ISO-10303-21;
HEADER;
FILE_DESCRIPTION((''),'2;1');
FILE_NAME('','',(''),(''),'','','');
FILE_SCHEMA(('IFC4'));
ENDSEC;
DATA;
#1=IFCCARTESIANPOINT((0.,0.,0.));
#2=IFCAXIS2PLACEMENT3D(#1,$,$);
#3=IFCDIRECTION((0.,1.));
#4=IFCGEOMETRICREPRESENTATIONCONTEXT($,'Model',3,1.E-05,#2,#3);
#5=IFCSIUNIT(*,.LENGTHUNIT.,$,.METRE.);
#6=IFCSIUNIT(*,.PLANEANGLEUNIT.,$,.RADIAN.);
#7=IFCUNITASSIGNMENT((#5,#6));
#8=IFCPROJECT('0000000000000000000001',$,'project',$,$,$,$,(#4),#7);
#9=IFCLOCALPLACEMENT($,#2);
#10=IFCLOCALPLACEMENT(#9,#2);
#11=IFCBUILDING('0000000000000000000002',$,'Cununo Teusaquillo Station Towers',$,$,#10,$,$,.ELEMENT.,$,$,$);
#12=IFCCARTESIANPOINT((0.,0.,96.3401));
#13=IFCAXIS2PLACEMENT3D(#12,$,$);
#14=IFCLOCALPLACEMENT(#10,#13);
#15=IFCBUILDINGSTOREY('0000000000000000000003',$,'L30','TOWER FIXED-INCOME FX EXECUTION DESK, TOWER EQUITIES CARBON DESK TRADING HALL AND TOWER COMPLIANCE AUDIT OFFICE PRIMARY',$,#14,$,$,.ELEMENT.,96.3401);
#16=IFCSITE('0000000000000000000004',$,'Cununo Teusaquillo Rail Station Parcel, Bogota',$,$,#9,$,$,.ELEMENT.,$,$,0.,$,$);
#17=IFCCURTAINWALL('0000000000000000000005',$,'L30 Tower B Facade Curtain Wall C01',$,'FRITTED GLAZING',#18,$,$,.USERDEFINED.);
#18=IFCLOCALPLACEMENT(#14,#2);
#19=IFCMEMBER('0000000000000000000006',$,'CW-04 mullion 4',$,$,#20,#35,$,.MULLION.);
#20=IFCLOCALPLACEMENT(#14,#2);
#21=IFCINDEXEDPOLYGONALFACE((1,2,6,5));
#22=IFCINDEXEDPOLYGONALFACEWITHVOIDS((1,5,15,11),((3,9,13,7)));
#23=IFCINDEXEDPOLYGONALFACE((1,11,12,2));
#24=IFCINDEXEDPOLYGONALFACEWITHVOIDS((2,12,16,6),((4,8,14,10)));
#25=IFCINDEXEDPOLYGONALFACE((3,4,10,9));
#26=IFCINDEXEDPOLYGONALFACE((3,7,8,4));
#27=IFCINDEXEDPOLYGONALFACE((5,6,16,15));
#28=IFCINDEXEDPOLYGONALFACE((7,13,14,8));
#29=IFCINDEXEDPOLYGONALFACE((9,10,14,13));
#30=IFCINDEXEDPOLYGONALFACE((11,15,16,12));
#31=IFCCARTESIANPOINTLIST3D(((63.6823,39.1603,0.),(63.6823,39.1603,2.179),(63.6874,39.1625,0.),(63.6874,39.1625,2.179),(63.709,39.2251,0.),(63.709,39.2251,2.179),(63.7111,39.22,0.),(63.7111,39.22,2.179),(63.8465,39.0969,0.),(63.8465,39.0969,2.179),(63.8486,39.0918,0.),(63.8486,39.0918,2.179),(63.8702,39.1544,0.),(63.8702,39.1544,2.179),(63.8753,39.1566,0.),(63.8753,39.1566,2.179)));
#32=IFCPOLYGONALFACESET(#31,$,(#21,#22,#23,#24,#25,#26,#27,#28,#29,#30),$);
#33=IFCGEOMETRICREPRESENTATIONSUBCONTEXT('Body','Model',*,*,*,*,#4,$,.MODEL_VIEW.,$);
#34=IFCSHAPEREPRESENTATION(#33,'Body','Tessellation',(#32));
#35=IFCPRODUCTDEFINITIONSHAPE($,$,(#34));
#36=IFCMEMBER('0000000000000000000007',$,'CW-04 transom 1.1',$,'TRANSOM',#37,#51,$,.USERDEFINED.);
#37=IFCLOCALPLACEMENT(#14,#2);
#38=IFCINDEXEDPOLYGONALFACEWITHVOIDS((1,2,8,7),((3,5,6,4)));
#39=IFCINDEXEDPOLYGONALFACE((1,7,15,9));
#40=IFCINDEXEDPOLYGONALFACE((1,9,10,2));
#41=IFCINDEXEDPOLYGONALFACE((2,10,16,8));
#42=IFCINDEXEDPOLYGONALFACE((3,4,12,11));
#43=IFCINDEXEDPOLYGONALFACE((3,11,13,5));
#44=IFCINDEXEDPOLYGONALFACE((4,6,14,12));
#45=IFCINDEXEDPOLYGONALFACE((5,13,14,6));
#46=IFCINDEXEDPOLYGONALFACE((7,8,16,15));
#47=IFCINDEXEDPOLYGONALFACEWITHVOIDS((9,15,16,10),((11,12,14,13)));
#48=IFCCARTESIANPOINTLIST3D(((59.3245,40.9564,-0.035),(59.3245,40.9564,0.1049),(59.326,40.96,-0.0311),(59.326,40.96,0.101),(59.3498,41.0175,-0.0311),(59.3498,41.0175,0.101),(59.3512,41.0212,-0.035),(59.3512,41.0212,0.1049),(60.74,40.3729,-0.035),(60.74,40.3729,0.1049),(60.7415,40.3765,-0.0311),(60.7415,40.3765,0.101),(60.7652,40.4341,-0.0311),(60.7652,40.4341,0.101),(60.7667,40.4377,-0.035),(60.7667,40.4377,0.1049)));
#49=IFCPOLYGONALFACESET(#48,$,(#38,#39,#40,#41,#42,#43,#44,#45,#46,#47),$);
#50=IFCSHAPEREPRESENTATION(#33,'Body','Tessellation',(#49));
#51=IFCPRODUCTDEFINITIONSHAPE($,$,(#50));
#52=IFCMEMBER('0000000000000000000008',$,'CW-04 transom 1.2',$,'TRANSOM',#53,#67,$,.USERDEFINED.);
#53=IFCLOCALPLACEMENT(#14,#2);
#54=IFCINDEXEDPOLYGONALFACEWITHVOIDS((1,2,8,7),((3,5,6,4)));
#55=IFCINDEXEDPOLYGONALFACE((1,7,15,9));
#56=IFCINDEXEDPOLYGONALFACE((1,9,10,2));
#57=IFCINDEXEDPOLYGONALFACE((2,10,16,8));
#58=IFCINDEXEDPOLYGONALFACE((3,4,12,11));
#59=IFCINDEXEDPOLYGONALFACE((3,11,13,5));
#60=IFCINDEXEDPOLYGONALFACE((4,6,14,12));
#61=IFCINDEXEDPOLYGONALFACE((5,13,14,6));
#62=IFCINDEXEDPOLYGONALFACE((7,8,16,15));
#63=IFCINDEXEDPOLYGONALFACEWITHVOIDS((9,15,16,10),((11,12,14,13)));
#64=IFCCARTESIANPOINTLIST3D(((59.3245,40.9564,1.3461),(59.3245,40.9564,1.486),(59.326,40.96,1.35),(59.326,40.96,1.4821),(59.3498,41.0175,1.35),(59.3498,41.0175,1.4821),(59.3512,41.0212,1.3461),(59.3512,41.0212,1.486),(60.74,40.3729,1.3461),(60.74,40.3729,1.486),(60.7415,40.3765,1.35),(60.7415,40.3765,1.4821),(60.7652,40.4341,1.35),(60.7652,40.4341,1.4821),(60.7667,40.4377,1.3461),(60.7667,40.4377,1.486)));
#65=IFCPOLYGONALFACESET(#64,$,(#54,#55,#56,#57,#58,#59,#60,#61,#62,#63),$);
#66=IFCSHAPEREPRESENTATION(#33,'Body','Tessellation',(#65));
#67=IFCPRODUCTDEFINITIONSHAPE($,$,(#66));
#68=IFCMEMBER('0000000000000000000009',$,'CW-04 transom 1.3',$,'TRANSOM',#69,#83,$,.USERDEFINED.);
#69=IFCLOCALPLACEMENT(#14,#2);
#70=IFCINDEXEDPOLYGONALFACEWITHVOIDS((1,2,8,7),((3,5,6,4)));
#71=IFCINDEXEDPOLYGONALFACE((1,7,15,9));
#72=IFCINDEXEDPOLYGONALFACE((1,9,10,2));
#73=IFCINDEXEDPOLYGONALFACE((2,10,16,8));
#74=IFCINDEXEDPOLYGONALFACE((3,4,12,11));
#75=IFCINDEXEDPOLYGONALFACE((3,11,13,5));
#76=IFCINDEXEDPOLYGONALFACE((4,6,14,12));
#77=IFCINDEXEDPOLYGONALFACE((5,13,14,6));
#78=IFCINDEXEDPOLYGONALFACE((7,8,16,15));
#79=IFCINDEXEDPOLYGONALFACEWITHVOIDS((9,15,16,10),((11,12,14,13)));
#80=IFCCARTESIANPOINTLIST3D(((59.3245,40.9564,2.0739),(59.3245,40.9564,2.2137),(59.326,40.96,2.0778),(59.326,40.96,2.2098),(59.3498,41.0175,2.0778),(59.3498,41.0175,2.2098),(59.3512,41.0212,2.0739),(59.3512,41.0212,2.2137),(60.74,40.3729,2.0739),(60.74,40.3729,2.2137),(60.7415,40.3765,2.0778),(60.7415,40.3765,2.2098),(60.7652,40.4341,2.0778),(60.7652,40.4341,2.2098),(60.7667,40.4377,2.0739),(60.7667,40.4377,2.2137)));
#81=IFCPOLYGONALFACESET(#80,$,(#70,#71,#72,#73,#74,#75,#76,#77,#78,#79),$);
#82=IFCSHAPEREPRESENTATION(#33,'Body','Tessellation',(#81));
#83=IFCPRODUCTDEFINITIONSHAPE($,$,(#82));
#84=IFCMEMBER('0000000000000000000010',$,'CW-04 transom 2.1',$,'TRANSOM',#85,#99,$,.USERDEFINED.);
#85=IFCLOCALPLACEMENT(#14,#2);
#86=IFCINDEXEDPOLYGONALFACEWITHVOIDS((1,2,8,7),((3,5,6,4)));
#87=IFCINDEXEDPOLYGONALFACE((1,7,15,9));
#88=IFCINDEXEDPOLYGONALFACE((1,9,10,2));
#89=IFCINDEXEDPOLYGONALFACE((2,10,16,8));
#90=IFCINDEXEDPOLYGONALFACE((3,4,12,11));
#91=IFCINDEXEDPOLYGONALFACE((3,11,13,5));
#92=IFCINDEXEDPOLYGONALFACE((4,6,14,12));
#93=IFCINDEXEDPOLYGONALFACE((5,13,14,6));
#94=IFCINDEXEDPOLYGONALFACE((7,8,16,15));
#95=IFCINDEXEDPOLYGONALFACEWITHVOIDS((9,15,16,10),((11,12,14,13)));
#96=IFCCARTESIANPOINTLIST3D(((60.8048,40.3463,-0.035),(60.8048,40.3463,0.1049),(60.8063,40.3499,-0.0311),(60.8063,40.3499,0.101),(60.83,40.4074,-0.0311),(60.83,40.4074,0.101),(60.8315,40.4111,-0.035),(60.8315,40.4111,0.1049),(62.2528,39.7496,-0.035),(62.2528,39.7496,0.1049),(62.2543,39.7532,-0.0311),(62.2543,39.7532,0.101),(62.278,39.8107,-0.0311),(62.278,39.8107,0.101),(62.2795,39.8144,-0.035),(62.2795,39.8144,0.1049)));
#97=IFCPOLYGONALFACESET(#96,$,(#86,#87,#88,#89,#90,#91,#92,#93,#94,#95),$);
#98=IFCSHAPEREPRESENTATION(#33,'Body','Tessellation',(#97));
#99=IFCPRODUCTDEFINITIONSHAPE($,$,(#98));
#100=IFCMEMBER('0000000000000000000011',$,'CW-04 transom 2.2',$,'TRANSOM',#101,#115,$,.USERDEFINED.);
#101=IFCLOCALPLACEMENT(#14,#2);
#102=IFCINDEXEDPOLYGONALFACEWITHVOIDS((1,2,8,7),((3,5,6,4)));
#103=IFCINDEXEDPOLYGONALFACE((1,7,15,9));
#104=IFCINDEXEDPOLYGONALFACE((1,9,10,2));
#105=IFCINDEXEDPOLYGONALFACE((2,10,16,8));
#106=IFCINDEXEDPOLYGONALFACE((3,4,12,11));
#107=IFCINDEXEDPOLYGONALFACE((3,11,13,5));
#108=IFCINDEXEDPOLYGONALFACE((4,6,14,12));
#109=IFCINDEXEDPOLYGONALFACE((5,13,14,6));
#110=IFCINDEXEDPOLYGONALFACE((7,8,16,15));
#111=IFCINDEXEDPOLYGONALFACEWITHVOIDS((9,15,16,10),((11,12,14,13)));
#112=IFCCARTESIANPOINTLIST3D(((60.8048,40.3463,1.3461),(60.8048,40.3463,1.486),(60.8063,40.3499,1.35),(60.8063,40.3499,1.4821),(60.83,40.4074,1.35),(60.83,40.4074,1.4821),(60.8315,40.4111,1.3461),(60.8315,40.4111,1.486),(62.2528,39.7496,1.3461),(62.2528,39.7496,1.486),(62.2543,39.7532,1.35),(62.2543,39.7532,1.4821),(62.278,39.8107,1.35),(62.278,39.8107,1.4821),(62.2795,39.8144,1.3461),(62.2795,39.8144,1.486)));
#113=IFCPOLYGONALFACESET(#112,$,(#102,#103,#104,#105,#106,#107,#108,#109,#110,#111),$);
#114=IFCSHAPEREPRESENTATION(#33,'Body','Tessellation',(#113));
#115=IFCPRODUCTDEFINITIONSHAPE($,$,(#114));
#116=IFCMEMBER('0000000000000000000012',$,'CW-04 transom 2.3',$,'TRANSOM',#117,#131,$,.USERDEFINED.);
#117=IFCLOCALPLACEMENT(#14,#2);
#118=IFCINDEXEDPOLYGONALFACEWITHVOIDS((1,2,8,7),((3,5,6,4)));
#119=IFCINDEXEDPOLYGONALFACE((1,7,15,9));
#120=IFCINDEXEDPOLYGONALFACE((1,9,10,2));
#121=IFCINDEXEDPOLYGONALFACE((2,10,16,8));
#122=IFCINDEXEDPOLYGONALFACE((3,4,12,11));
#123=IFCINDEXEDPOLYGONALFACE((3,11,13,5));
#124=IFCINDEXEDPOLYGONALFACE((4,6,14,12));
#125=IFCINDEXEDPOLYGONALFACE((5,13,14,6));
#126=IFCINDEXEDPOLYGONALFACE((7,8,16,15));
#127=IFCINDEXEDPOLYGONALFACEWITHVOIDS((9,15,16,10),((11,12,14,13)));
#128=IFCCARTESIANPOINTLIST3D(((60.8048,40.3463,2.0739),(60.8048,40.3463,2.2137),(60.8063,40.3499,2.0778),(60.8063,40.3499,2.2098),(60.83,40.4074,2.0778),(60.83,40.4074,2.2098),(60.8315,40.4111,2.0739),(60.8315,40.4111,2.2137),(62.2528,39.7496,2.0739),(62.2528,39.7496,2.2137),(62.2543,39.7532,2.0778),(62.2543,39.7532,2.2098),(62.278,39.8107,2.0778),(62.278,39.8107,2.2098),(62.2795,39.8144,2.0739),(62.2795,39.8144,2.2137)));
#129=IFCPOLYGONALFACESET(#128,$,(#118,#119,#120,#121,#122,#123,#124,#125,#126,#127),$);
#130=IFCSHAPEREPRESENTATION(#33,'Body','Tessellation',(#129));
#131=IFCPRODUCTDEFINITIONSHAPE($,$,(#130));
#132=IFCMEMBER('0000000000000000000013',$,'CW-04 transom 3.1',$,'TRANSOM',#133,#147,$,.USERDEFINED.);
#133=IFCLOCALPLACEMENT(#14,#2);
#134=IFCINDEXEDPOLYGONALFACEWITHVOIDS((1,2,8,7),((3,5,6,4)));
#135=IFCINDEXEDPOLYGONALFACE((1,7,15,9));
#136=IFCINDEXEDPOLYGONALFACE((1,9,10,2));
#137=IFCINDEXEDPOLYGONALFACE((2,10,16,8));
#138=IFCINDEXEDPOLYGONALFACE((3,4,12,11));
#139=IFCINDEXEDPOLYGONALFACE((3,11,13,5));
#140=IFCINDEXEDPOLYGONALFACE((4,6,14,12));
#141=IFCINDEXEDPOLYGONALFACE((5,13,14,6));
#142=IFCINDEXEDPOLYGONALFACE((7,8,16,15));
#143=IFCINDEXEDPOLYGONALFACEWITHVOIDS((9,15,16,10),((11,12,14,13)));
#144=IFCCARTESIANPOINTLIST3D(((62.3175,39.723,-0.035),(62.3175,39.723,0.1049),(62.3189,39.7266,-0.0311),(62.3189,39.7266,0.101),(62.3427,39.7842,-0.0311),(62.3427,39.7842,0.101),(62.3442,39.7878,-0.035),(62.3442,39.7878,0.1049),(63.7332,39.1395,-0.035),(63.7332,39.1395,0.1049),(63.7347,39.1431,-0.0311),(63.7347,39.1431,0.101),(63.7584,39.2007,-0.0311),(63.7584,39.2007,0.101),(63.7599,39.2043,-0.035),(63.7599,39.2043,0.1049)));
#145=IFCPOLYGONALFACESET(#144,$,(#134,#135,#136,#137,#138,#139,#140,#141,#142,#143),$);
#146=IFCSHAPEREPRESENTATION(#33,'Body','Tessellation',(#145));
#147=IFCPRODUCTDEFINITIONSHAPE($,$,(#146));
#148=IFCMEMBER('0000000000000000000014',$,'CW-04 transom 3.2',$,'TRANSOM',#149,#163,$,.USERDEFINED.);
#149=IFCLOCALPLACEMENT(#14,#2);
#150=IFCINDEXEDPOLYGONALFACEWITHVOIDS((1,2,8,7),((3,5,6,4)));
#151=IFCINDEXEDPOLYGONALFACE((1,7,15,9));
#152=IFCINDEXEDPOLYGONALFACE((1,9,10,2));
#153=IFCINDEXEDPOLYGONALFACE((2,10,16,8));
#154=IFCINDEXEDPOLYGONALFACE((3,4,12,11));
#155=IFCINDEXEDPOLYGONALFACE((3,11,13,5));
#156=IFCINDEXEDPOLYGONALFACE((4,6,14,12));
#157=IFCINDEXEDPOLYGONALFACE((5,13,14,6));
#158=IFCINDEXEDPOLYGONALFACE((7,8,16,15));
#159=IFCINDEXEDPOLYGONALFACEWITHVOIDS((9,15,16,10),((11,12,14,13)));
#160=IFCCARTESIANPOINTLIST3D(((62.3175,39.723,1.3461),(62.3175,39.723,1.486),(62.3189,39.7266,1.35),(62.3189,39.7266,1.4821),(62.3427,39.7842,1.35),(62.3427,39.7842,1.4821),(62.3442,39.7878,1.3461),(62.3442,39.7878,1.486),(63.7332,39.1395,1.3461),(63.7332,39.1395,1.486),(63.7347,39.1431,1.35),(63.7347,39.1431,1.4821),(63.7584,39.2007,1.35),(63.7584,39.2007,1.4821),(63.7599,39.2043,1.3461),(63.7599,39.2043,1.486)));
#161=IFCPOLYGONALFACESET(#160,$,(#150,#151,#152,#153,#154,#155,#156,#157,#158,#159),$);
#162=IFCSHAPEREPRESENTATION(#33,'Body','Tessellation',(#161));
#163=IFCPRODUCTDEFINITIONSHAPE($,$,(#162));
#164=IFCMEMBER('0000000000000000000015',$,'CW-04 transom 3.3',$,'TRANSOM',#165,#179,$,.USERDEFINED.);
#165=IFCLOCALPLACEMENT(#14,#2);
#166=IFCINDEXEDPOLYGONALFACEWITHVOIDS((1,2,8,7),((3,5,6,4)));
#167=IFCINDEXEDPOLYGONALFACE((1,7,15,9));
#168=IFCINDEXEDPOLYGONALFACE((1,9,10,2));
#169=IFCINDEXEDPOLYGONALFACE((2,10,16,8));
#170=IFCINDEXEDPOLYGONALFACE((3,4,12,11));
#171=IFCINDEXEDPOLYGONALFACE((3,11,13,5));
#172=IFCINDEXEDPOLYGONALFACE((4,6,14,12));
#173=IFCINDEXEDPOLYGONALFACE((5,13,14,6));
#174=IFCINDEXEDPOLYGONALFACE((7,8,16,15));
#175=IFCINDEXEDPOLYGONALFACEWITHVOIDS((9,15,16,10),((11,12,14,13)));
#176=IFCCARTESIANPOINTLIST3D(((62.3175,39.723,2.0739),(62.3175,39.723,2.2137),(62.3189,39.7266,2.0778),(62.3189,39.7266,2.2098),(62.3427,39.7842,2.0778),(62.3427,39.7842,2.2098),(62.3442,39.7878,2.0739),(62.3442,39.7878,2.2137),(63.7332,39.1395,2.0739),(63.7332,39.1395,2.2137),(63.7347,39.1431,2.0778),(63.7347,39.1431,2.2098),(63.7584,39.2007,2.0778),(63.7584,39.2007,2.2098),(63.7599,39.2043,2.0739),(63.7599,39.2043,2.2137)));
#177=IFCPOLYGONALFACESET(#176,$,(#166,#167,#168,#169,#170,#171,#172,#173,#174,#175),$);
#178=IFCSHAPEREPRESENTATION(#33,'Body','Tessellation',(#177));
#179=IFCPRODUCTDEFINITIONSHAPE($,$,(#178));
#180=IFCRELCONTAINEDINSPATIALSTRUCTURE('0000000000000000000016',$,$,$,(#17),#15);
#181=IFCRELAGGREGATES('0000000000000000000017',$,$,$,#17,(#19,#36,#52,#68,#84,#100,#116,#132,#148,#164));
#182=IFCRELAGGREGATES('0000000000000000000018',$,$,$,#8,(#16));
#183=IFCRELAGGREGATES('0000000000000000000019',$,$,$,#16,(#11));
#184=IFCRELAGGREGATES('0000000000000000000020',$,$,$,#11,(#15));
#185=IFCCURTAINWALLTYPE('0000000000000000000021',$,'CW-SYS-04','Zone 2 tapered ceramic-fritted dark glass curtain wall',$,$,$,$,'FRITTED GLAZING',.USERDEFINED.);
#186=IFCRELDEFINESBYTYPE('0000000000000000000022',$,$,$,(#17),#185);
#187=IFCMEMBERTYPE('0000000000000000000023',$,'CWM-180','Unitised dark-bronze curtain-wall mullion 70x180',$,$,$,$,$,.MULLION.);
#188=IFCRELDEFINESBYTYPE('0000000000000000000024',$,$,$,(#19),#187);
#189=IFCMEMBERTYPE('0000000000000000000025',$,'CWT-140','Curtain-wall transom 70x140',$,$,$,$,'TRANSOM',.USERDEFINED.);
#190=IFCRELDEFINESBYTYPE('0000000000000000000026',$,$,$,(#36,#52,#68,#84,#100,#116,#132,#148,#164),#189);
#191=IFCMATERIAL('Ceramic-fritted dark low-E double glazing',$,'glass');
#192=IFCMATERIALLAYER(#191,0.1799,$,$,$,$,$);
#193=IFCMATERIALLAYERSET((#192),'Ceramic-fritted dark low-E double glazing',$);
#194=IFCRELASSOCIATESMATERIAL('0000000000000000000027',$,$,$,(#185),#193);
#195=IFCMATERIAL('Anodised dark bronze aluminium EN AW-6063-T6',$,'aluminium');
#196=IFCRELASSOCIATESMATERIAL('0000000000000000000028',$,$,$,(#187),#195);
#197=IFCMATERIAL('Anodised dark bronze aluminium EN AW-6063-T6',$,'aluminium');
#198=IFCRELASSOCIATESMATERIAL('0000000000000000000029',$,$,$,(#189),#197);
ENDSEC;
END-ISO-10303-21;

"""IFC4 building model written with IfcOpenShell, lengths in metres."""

from ifc_helpers import new_model, si_unit, direction, frame, origin, origin_2d, place, context, subcontext, project, spatial, hollow_rectangle, extrude, material, layer, layer_set, material_profile, profile_set, type_object, element, aggregate, save


model = new_model("IFC4")

# Units and contexts
model_context = context("Model", 3, precision=1e-05, world=origin(), true_north=direction((0.0, 1.0)))
body_context = subcontext(model_context, "Body", "Model", "MODEL_VIEW")
ifc_project = project(units=[si_unit("LENGTHUNIT", "METRE"), si_unit("PLANEANGLEUNIT", "RADIAN")], contexts=[model_context])

# Site, building, storey
site_placement = place(None, origin())
site = spatial("IfcSite", under=ifc_project, at=site_placement, Name="Cununo Teusaquillo Rail Station Parcel, Bogota", CompositionType="ELEMENT", RefElevation=0.0)
building_placement = place(site_placement, origin())
building = spatial("IfcBuilding", under=site, at=building_placement, Name="Cununo Teusaquillo Station Towers", CompositionType="ELEMENT")
storey_placement = place(building_placement, frame((0.0, 0.0, 96.3401)))
storey = spatial("IfcBuildingStorey", under=building, at=storey_placement, Name="L30", Description="TOWER FIXED-INCOME FX EXECUTION DESK, TOWER EQUITIES CARBON DESK TRADING HALL AND TOWER COMPLIANCE AUDIT OFFICE PRIMARY", CompositionType="ELEMENT", Elevation=96.3401)

# Curtain wall, members
ifc_material_1 = material(Name="Ceramic-fritted dark low-E double glazing", Category="glass")
ifc_layer_1 = layer(ifc_material_1, 0.1799)
ifc_layer_set_1 = layer_set([ifc_layer_1], Name="Ceramic-fritted dark low-E double glazing")
curtain_wall_type = type_object("IfcCurtainWallType", Name="CW-SYS-04", Description="Zone 2 tapered ceramic-fritted dark glass curtain wall", ElementType="FRITTED GLAZING", PredefinedType="USERDEFINED", material=ifc_layer_set_1)
curtain_wall_placement = place(storey_placement, origin())
curtain_wall = element("IfcCurtainWall", 1, at=curtain_wall_placement, inside=storey, type_object=curtain_wall_type, Name="L30 Tower B Facade Curtain Wall C01", ObjectType="FRITTED GLAZING", PredefinedType="USERDEFINED")
ifc_material_2 = material(Name="Anodised dark bronze aluminium EN AW-6063-T6", Category="aluminium")
ifc_material_profile_1 = material_profile(ifc_material_2, hollow_rectangle(XDim=0.0701, YDim=0.1799, WallThickness=0.0039, at=origin_2d()), Name="CW-MULL-70x180")
ifc_profile_set_1 = profile_set([ifc_material_profile_1], Name="Anodised dark bronze aluminium EN AW-6063-T6")
member_type_1 = type_object("IfcMemberType", Name="CWM-180", Description="Unitised dark-bronze curtain-wall mullion 70x180", PredefinedType="MULLION", material=ifc_profile_set_1)
member_1_placement = place(storey_placement, frame((63.7788, 39.1584, 0.0), z_axis=(0.0, 0.0, 1.0), x_axis=(0.381031, 0.924562, 0.0)))
member_1 = element("IfcMember", 2, at=member_1_placement, type_object=member_type_1, Name="CW-04 mullion 4", PredefinedType="MULLION", context=body_context, shape_type="SweptSolid", body=[
    extrude(hollow_rectangle(XDim=0.0701, YDim=0.1799, WallThickness=0.0039, at=origin_2d()), origin(), (0.0, 0.0, 1.0), 2.179),
])
ifc_material_3 = material(Name="Anodised dark bronze aluminium EN AW-6063-T6", Category="aluminium")
ifc_material_profile_2 = material_profile(ifc_material_3, hollow_rectangle(XDim=0.0701, YDim=0.1399, WallThickness=0.0039, at=origin_2d()), Name="CW-TRAN-70x140")
ifc_profile_set_2 = profile_set([ifc_material_profile_2], Name="Anodised dark bronze aluminium EN AW-6063-T6")
member_type_2 = type_object("IfcMemberType", Name="CWT-140", Description="Curtain-wall transom 70x140", ElementType="TRANSOM", PredefinedType="USERDEFINED", material=ifc_profile_set_2)
member_2_placement = place(storey_placement, frame((59.3379, 40.9888, 0.0349), z_axis=(0.924533, -0.381103, 0.0), x_axis=(0.381103, 0.924533, 0.0)))
member_2 = element("IfcMember", 3, at=member_2_placement, type_object=member_type_2, Name="CW-04 transom 1.1", ObjectType="TRANSOM", PredefinedType="USERDEFINED", context=body_context, shape_type="SweptSolid", body=[
    extrude(hollow_rectangle(XDim=0.0701, YDim=0.1399, WallThickness=0.0039, at=origin_2d()), origin(), (0.0, 0.0, 1.0), 1.531),
])
member_3_placement = place(storey_placement, frame((59.3379, 40.9888, 1.416), z_axis=(0.924533, -0.381103, 0.0), x_axis=(0.381103, 0.924533, 0.0)))
member_3 = element("IfcMember", 4, at=member_3_placement, type_object=member_type_2, Name="CW-04 transom 1.2", ObjectType="TRANSOM", PredefinedType="USERDEFINED", context=body_context, shape_type="SweptSolid", body=[
    extrude(hollow_rectangle(XDim=0.0701, YDim=0.1399, WallThickness=0.0039, at=origin_2d()), origin(), (0.0, 0.0, 1.0), 1.531),
])
member_4_placement = place(storey_placement, frame((59.3379, 40.9888, 2.1438), z_axis=(0.924533, -0.381103, 0.0), x_axis=(0.381103, 0.924533, 0.0)))
member_4 = element("IfcMember", 5, at=member_4_placement, type_object=member_type_2, Name="CW-04 transom 1.3", ObjectType="TRANSOM", PredefinedType="USERDEFINED", context=body_context, shape_type="SweptSolid", body=[
    extrude(hollow_rectangle(XDim=0.0701, YDim=0.1399, WallThickness=0.0039, at=origin_2d()), origin(), (0.0, 0.0, 1.0), 1.531),
])
member_5_placement = place(storey_placement, frame((60.8181, 40.3787, 0.0349), z_axis=(0.924578, -0.380993, 0.0), x_axis=(0.380993, 0.924578, 0.0)))
member_5 = element("IfcMember", 6, at=member_5_placement, type_object=member_type_2, Name="CW-04 transom 2.1", ObjectType="TRANSOM", PredefinedType="USERDEFINED", context=body_context, shape_type="SweptSolid", body=[
    extrude(hollow_rectangle(XDim=0.0701, YDim=0.1399, WallThickness=0.0039, at=origin_2d()), origin(), (0.0, 0.0, 1.0), 1.5662),
])
member_6_placement = place(storey_placement, frame((60.8181, 40.3787, 1.416), z_axis=(0.924578, -0.380993, 0.0), x_axis=(0.380993, 0.924578, 0.0)))
member_6 = element("IfcMember", 7, at=member_6_placement, type_object=member_type_2, Name="CW-04 transom 2.2", ObjectType="TRANSOM", PredefinedType="USERDEFINED", context=body_context, shape_type="SweptSolid", body=[
    extrude(hollow_rectangle(XDim=0.0701, YDim=0.1399, WallThickness=0.0039, at=origin_2d()), origin(), (0.0, 0.0, 1.0), 1.5662),
])
member_7_placement = place(storey_placement, frame((60.8181, 40.3787, 2.1438), z_axis=(0.924578, -0.380993, 0.0), x_axis=(0.380993, 0.924578, 0.0)))
member_7 = element("IfcMember", 8, at=member_7_placement, type_object=member_type_2, Name="CW-04 transom 2.3", ObjectType="TRANSOM", PredefinedType="USERDEFINED", context=body_context, shape_type="SweptSolid", body=[
    extrude(hollow_rectangle(XDim=0.0701, YDim=0.1399, WallThickness=0.0039, at=origin_2d()), origin(), (0.0, 0.0, 1.0), 1.5662),
])
member_8_placement = place(storey_placement, frame((62.3308, 39.7554, 0.0349), z_axis=(0.924556, -0.381046, 0.0), x_axis=(0.381046, 0.924556, 0.0)))
member_8 = element("IfcMember", 9, at=member_8_placement, type_object=member_type_2, Name="CW-04 transom 3.1", ObjectType="TRANSOM", PredefinedType="USERDEFINED", context=body_context, shape_type="SweptSolid", body=[
    extrude(hollow_rectangle(XDim=0.0701, YDim=0.1399, WallThickness=0.0039, at=origin_2d()), origin(), (0.0, 0.0, 1.0), 1.5312),
])
member_9_placement = place(storey_placement, frame((62.3308, 39.7554, 1.416), z_axis=(0.924556, -0.381046, 0.0), x_axis=(0.381046, 0.924556, 0.0)))
member_9 = element("IfcMember", 10, at=member_9_placement, type_object=member_type_2, Name="CW-04 transom 3.2", ObjectType="TRANSOM", PredefinedType="USERDEFINED", context=body_context, shape_type="SweptSolid", body=[
    extrude(hollow_rectangle(XDim=0.0701, YDim=0.1399, WallThickness=0.0039, at=origin_2d()), origin(), (0.0, 0.0, 1.0), 1.5312),
])
member_10_placement = place(storey_placement, frame((62.3308, 39.7554, 2.1438), z_axis=(0.924556, -0.381046, 0.0), x_axis=(0.381046, 0.924556, 0.0)))
member_10 = element("IfcMember", 11, at=member_10_placement, type_object=member_type_2, Name="CW-04 transom 3.3", ObjectType="TRANSOM", PredefinedType="USERDEFINED", context=body_context, shape_type="SweptSolid", body=[
    extrude(hollow_rectangle(XDim=0.0701, YDim=0.1399, WallThickness=0.0039, at=origin_2d()), origin(), (0.0, 0.0, 1.0), 1.5312),
])

aggregate(curtain_wall, [member_1, member_2, member_3, member_4, member_5, member_6, member_7, member_8, member_9, member_10])

save(model, "model.ifc")
